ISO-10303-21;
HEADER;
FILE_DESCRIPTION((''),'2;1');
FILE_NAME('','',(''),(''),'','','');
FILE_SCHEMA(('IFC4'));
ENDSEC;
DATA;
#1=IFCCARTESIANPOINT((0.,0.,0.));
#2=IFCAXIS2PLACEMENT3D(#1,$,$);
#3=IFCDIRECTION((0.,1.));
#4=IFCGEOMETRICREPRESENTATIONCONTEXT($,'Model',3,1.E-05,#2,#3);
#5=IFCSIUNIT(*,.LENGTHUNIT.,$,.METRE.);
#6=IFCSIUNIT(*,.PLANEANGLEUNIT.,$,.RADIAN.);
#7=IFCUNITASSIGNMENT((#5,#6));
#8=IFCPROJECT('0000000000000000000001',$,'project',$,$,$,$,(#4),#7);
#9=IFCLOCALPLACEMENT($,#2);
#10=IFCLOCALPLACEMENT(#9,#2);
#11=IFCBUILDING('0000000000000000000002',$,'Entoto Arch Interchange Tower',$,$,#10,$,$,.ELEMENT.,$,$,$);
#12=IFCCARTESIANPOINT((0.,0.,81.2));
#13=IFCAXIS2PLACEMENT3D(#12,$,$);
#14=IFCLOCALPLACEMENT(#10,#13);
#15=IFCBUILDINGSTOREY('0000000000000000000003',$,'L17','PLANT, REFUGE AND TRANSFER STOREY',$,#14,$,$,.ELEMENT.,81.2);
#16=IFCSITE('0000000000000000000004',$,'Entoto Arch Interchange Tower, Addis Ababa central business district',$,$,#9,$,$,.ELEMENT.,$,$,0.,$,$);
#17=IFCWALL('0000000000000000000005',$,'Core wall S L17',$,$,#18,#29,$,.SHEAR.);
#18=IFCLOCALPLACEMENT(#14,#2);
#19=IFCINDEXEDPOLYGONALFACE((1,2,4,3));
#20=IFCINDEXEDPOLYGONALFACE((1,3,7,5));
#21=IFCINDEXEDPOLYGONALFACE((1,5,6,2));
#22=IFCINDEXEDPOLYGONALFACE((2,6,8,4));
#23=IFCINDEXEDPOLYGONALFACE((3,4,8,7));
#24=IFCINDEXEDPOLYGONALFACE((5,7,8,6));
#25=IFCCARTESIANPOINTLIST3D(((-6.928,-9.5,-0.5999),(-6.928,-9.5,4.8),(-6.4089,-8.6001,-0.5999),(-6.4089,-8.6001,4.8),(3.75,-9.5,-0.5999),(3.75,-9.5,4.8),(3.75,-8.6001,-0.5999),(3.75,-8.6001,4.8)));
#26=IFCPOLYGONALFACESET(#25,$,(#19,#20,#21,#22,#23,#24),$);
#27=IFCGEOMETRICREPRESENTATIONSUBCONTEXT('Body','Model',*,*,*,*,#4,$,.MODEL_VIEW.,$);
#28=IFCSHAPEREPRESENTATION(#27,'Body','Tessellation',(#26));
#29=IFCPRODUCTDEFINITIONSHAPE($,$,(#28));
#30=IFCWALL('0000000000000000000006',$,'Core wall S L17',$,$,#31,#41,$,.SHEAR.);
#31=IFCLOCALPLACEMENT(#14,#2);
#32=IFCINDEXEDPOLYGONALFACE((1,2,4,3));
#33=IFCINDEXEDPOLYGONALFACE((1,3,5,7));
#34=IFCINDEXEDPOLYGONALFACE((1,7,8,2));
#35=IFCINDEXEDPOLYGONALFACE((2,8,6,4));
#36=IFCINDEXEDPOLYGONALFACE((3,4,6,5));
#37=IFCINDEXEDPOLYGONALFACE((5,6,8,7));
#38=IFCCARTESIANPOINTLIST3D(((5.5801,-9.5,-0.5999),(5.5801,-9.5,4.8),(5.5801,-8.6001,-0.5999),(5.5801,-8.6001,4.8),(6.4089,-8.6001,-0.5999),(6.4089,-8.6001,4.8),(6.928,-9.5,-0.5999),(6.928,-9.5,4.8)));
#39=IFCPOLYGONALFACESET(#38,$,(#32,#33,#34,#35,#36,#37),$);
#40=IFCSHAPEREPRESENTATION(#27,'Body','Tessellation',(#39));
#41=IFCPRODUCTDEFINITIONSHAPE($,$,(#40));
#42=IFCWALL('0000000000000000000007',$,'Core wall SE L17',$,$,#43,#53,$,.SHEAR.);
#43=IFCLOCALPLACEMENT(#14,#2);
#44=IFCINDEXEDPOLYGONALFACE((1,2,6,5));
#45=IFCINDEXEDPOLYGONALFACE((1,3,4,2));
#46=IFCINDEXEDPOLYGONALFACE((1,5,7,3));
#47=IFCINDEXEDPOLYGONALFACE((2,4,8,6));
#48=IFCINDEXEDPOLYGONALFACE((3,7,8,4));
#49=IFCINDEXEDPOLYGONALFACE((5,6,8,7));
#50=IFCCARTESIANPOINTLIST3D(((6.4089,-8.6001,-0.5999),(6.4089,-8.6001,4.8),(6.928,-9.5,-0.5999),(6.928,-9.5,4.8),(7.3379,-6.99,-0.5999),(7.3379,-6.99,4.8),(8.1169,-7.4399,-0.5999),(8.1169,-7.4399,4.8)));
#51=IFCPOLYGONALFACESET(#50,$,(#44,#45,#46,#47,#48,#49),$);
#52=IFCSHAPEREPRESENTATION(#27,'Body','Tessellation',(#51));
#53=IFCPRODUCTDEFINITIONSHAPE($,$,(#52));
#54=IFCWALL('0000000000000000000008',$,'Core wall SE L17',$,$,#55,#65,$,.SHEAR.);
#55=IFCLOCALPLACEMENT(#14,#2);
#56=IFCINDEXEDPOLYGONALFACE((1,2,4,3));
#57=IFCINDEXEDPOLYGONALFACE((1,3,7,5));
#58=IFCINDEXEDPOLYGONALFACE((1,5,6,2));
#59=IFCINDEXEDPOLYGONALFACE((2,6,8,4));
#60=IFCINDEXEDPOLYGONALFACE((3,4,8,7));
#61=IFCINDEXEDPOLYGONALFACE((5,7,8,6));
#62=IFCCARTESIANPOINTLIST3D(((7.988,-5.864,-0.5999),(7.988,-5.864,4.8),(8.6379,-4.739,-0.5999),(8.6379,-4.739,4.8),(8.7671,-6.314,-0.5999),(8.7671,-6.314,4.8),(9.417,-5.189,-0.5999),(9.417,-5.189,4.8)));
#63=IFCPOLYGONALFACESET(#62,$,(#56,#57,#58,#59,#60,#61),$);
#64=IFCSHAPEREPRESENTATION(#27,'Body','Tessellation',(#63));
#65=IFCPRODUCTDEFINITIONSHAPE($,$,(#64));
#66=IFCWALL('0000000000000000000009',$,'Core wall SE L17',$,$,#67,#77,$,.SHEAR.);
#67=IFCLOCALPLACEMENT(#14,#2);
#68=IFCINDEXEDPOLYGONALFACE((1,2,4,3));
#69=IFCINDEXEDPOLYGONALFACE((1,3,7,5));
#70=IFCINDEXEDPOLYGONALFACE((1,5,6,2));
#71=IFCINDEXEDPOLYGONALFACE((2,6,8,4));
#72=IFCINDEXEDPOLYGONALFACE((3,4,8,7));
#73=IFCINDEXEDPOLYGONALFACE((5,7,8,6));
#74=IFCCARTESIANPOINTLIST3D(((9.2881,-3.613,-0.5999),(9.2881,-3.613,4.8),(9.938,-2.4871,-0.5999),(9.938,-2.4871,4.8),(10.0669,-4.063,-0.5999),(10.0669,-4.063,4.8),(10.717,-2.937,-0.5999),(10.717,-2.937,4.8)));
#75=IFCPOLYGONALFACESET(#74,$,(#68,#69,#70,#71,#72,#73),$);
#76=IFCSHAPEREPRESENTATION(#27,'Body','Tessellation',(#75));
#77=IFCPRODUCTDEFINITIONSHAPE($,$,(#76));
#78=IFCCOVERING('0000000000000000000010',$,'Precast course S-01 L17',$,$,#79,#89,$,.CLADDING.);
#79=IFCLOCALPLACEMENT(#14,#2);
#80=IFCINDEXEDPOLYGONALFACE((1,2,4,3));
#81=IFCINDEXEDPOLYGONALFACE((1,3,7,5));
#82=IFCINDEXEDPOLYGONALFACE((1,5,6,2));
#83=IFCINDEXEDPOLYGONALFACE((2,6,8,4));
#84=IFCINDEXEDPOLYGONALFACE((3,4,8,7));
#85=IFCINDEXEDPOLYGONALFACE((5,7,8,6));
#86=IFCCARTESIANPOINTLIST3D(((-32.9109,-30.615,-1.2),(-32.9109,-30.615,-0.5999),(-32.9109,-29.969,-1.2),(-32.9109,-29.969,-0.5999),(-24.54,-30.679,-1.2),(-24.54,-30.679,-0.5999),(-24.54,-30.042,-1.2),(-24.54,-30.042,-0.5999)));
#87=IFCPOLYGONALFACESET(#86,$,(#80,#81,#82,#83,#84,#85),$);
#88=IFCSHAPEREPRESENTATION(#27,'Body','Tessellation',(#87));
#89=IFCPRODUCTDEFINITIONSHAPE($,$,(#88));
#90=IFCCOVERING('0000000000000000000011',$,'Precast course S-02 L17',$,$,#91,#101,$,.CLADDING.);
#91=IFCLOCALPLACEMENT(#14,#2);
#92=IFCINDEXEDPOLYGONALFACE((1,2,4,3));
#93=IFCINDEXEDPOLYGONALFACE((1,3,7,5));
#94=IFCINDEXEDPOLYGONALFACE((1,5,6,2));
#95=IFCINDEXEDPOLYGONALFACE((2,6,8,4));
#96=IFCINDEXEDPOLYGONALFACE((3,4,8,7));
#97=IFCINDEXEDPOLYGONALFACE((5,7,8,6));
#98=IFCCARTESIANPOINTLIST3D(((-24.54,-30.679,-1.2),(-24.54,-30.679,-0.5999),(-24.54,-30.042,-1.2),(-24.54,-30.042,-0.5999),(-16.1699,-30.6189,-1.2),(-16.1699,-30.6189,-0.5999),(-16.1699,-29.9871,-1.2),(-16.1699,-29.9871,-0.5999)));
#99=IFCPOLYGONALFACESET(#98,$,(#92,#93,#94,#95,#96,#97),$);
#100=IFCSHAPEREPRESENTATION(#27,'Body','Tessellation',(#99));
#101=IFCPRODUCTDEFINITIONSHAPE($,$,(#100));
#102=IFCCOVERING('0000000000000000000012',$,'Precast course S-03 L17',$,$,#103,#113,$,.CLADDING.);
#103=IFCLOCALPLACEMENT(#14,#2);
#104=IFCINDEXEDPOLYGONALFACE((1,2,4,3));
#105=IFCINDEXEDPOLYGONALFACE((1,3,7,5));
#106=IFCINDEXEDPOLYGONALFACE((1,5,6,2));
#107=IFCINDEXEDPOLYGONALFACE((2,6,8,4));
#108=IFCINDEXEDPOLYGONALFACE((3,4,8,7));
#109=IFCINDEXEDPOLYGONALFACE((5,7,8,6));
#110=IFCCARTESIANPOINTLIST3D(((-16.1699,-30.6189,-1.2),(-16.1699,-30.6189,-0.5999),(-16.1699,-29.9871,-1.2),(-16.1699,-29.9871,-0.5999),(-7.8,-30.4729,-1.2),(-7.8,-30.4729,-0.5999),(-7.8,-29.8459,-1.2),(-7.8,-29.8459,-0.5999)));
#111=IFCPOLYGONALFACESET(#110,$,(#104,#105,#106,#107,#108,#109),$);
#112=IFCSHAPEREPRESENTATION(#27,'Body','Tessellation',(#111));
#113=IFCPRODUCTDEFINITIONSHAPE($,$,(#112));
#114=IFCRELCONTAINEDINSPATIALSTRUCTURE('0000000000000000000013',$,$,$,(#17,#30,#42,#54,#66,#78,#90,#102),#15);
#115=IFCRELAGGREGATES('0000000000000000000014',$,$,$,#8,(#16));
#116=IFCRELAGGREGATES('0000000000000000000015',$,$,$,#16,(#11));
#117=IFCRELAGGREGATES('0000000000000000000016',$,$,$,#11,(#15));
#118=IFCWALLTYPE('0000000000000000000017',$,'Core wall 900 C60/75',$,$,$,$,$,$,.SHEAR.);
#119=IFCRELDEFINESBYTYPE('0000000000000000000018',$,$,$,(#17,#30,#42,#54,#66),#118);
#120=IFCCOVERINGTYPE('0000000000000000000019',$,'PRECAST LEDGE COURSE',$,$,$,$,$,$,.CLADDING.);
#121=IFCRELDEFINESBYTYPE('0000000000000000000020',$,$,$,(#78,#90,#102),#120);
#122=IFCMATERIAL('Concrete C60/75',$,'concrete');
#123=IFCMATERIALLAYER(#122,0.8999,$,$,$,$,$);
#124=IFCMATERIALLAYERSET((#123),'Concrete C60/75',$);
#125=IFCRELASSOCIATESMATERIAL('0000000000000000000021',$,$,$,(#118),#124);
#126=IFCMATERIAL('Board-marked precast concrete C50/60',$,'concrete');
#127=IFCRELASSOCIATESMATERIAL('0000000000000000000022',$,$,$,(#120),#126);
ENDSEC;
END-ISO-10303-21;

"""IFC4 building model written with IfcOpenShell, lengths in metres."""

from ifc_helpers import new_model, si_unit, direction, frame, origin, place, context, subcontext, project, spatial, polyline, outline, extrude, material, layer, layer_set, type_object, element, save


model = new_model("IFC4")

# Units and contexts
model_context = context("Model", 3, precision=1e-05, world=origin(), true_north=direction((0.0, 1.0)))
body_context = subcontext(model_context, "Body", "Model", "MODEL_VIEW")
ifc_project = project(units=[si_unit("LENGTHUNIT", "METRE"), si_unit("PLANEANGLEUNIT", "RADIAN")], contexts=[model_context])

# Site, building, storey
site_placement = place(None, origin())
site = spatial("IfcSite", under=ifc_project, at=site_placement, Name="Entoto Arch Interchange Tower, Addis Ababa central business district", CompositionType="ELEMENT", RefElevation=0.0)
building_placement = place(site_placement, origin())
building = spatial("IfcBuilding", under=site, at=building_placement, Name="Entoto Arch Interchange Tower", CompositionType="ELEMENT")
storey_placement = place(building_placement, frame((0.0, 0.0, 81.2)))
storey = spatial("IfcBuildingStorey", under=building, at=storey_placement, Name="L17", Description="PLANT, REFUGE AND TRANSFER STOREY", CompositionType="ELEMENT", Elevation=81.2)

# Walls
ifc_material_1 = material(Name="Concrete C60/75", Category="concrete")
ifc_layer_1 = layer(ifc_material_1, 0.8999)
ifc_layer_set_1 = layer_set([ifc_layer_1], Name="Concrete C60/75")
wall_type = type_object("IfcWallType", Name="Core wall 900 C60/75", PredefinedType="SHEAR", material=ifc_layer_set_1)
wall_1_placement = place(storey_placement, frame((0.0, 0.0, -0.5999)))
element("IfcWall", 1, at=wall_1_placement, inside=storey, type_object=wall_type, Name="Core wall S L17", PredefinedType="SHEAR", context=body_context, shape_type="SweptSolid", body=[
    extrude(outline(polyline([(3.75, -9.5), (3.75, -8.6001), (-6.4089, -8.6001), (-6.928, -9.5), (3.75, -9.5)])), origin(), (0.0, 0.0, 1.0), 5.3999),
])
wall_2_placement = place(storey_placement, frame((0.0, 0.0, -0.5999)))
element("IfcWall", 2, at=wall_2_placement, inside=storey, type_object=wall_type, Name="Core wall S L17", PredefinedType="SHEAR", context=body_context, shape_type="SweptSolid", body=[
    extrude(outline(polyline([(5.5801, -8.6001), (5.5801, -9.5), (6.928, -9.5), (6.4089, -8.6001), (5.5801, -8.6001)])), origin(), (0.0, 0.0, 1.0), 5.3999),
])
wall_3_placement = place(storey_placement, frame((0.0, 0.0, -0.5999)))
element("IfcWall", 3, at=wall_3_placement, inside=storey, type_object=wall_type, Name="Core wall SE L17", PredefinedType="SHEAR", context=body_context, shape_type="SweptSolid", body=[
    extrude(outline(polyline([(8.1169, -7.4399), (7.3379, -6.99), (6.4089, -8.6001), (6.928, -9.5), (8.1169, -7.4399)])), origin(), (0.0, 0.0, 1.0), 5.3999),
])
wall_4_placement = place(storey_placement, frame((0.0, 0.0, -0.5999)))
element("IfcWall", 4, at=wall_4_placement, inside=storey, type_object=wall_type, Name="Core wall SE L17", PredefinedType="SHEAR", context=body_context, shape_type="SweptSolid", body=[
    extrude(outline(polyline([(9.417, -5.189), (8.6379, -4.739), (7.988, -5.864), (8.7671, -6.314), (9.417, -5.189)])), origin(), (0.0, 0.0, 1.0), 5.3999),
])
wall_5_placement = place(storey_placement, frame((0.0, 0.0, -0.5999)))
element("IfcWall", 5, at=wall_5_placement, inside=storey, type_object=wall_type, Name="Core wall SE L17", PredefinedType="SHEAR", context=body_context, shape_type="SweptSolid", body=[
    extrude(outline(polyline([(10.717, -2.937), (9.938, -2.4871), (9.2881, -3.613), (10.0669, -4.063), (10.717, -2.937)])), origin(), (0.0, 0.0, 1.0), 5.3999),
])

# Coverings
ifc_material_2 = material(Name="Board-marked precast concrete C50/60", Category="concrete")
covering_type = type_object("IfcCoveringType", Name="PRECAST LEDGE COURSE", PredefinedType="CLADDING", material=ifc_material_2)
covering_1_placement = place(storey_placement, frame((0.0, 0.0, -1.2)))
element("IfcCovering", 6, at=covering_1_placement, inside=storey, type_object=covering_type, Name="Precast course S-01 L17", PredefinedType="CLADDING", context=body_context, shape_type="SweptSolid", body=[
    extrude(outline(polyline([(-24.54, -30.042), (-24.54, -30.679), (-32.9109, -30.615), (-32.9109, -29.969), (-24.54, -30.042)])), origin(), (0.0, 0.0, 1.0), 0.6001),
])
covering_2_placement = place(storey_placement, frame((0.0, 0.0, -1.2)))
element("IfcCovering", 7, at=covering_2_placement, inside=storey, type_object=covering_type, Name="Precast course S-02 L17", PredefinedType="CLADDING", context=body_context, shape_type="SweptSolid", body=[
    extrude(outline(polyline([(-16.1699, -29.9871), (-16.1699, -30.6189), (-24.54, -30.679), (-24.54, -30.042), (-16.1699, -29.9871)])), origin(), (0.0, 0.0, 1.0), 0.6001),
])
covering_3_placement = place(storey_placement, frame((0.0, 0.0, -1.2)))
element("IfcCovering", 8, at=covering_3_placement, inside=storey, type_object=covering_type, Name="Precast course S-03 L17", PredefinedType="CLADDING", context=body_context, shape_type="SweptSolid", body=[
    extrude(outline(polyline([(-7.8, -29.8459), (-7.8, -30.4729), (-16.1699, -30.6189), (-16.1699, -29.9871), (-7.8, -29.8459)])), origin(), (0.0, 0.0, 1.0), 0.6001),
])

save(model, "model.ifc")
